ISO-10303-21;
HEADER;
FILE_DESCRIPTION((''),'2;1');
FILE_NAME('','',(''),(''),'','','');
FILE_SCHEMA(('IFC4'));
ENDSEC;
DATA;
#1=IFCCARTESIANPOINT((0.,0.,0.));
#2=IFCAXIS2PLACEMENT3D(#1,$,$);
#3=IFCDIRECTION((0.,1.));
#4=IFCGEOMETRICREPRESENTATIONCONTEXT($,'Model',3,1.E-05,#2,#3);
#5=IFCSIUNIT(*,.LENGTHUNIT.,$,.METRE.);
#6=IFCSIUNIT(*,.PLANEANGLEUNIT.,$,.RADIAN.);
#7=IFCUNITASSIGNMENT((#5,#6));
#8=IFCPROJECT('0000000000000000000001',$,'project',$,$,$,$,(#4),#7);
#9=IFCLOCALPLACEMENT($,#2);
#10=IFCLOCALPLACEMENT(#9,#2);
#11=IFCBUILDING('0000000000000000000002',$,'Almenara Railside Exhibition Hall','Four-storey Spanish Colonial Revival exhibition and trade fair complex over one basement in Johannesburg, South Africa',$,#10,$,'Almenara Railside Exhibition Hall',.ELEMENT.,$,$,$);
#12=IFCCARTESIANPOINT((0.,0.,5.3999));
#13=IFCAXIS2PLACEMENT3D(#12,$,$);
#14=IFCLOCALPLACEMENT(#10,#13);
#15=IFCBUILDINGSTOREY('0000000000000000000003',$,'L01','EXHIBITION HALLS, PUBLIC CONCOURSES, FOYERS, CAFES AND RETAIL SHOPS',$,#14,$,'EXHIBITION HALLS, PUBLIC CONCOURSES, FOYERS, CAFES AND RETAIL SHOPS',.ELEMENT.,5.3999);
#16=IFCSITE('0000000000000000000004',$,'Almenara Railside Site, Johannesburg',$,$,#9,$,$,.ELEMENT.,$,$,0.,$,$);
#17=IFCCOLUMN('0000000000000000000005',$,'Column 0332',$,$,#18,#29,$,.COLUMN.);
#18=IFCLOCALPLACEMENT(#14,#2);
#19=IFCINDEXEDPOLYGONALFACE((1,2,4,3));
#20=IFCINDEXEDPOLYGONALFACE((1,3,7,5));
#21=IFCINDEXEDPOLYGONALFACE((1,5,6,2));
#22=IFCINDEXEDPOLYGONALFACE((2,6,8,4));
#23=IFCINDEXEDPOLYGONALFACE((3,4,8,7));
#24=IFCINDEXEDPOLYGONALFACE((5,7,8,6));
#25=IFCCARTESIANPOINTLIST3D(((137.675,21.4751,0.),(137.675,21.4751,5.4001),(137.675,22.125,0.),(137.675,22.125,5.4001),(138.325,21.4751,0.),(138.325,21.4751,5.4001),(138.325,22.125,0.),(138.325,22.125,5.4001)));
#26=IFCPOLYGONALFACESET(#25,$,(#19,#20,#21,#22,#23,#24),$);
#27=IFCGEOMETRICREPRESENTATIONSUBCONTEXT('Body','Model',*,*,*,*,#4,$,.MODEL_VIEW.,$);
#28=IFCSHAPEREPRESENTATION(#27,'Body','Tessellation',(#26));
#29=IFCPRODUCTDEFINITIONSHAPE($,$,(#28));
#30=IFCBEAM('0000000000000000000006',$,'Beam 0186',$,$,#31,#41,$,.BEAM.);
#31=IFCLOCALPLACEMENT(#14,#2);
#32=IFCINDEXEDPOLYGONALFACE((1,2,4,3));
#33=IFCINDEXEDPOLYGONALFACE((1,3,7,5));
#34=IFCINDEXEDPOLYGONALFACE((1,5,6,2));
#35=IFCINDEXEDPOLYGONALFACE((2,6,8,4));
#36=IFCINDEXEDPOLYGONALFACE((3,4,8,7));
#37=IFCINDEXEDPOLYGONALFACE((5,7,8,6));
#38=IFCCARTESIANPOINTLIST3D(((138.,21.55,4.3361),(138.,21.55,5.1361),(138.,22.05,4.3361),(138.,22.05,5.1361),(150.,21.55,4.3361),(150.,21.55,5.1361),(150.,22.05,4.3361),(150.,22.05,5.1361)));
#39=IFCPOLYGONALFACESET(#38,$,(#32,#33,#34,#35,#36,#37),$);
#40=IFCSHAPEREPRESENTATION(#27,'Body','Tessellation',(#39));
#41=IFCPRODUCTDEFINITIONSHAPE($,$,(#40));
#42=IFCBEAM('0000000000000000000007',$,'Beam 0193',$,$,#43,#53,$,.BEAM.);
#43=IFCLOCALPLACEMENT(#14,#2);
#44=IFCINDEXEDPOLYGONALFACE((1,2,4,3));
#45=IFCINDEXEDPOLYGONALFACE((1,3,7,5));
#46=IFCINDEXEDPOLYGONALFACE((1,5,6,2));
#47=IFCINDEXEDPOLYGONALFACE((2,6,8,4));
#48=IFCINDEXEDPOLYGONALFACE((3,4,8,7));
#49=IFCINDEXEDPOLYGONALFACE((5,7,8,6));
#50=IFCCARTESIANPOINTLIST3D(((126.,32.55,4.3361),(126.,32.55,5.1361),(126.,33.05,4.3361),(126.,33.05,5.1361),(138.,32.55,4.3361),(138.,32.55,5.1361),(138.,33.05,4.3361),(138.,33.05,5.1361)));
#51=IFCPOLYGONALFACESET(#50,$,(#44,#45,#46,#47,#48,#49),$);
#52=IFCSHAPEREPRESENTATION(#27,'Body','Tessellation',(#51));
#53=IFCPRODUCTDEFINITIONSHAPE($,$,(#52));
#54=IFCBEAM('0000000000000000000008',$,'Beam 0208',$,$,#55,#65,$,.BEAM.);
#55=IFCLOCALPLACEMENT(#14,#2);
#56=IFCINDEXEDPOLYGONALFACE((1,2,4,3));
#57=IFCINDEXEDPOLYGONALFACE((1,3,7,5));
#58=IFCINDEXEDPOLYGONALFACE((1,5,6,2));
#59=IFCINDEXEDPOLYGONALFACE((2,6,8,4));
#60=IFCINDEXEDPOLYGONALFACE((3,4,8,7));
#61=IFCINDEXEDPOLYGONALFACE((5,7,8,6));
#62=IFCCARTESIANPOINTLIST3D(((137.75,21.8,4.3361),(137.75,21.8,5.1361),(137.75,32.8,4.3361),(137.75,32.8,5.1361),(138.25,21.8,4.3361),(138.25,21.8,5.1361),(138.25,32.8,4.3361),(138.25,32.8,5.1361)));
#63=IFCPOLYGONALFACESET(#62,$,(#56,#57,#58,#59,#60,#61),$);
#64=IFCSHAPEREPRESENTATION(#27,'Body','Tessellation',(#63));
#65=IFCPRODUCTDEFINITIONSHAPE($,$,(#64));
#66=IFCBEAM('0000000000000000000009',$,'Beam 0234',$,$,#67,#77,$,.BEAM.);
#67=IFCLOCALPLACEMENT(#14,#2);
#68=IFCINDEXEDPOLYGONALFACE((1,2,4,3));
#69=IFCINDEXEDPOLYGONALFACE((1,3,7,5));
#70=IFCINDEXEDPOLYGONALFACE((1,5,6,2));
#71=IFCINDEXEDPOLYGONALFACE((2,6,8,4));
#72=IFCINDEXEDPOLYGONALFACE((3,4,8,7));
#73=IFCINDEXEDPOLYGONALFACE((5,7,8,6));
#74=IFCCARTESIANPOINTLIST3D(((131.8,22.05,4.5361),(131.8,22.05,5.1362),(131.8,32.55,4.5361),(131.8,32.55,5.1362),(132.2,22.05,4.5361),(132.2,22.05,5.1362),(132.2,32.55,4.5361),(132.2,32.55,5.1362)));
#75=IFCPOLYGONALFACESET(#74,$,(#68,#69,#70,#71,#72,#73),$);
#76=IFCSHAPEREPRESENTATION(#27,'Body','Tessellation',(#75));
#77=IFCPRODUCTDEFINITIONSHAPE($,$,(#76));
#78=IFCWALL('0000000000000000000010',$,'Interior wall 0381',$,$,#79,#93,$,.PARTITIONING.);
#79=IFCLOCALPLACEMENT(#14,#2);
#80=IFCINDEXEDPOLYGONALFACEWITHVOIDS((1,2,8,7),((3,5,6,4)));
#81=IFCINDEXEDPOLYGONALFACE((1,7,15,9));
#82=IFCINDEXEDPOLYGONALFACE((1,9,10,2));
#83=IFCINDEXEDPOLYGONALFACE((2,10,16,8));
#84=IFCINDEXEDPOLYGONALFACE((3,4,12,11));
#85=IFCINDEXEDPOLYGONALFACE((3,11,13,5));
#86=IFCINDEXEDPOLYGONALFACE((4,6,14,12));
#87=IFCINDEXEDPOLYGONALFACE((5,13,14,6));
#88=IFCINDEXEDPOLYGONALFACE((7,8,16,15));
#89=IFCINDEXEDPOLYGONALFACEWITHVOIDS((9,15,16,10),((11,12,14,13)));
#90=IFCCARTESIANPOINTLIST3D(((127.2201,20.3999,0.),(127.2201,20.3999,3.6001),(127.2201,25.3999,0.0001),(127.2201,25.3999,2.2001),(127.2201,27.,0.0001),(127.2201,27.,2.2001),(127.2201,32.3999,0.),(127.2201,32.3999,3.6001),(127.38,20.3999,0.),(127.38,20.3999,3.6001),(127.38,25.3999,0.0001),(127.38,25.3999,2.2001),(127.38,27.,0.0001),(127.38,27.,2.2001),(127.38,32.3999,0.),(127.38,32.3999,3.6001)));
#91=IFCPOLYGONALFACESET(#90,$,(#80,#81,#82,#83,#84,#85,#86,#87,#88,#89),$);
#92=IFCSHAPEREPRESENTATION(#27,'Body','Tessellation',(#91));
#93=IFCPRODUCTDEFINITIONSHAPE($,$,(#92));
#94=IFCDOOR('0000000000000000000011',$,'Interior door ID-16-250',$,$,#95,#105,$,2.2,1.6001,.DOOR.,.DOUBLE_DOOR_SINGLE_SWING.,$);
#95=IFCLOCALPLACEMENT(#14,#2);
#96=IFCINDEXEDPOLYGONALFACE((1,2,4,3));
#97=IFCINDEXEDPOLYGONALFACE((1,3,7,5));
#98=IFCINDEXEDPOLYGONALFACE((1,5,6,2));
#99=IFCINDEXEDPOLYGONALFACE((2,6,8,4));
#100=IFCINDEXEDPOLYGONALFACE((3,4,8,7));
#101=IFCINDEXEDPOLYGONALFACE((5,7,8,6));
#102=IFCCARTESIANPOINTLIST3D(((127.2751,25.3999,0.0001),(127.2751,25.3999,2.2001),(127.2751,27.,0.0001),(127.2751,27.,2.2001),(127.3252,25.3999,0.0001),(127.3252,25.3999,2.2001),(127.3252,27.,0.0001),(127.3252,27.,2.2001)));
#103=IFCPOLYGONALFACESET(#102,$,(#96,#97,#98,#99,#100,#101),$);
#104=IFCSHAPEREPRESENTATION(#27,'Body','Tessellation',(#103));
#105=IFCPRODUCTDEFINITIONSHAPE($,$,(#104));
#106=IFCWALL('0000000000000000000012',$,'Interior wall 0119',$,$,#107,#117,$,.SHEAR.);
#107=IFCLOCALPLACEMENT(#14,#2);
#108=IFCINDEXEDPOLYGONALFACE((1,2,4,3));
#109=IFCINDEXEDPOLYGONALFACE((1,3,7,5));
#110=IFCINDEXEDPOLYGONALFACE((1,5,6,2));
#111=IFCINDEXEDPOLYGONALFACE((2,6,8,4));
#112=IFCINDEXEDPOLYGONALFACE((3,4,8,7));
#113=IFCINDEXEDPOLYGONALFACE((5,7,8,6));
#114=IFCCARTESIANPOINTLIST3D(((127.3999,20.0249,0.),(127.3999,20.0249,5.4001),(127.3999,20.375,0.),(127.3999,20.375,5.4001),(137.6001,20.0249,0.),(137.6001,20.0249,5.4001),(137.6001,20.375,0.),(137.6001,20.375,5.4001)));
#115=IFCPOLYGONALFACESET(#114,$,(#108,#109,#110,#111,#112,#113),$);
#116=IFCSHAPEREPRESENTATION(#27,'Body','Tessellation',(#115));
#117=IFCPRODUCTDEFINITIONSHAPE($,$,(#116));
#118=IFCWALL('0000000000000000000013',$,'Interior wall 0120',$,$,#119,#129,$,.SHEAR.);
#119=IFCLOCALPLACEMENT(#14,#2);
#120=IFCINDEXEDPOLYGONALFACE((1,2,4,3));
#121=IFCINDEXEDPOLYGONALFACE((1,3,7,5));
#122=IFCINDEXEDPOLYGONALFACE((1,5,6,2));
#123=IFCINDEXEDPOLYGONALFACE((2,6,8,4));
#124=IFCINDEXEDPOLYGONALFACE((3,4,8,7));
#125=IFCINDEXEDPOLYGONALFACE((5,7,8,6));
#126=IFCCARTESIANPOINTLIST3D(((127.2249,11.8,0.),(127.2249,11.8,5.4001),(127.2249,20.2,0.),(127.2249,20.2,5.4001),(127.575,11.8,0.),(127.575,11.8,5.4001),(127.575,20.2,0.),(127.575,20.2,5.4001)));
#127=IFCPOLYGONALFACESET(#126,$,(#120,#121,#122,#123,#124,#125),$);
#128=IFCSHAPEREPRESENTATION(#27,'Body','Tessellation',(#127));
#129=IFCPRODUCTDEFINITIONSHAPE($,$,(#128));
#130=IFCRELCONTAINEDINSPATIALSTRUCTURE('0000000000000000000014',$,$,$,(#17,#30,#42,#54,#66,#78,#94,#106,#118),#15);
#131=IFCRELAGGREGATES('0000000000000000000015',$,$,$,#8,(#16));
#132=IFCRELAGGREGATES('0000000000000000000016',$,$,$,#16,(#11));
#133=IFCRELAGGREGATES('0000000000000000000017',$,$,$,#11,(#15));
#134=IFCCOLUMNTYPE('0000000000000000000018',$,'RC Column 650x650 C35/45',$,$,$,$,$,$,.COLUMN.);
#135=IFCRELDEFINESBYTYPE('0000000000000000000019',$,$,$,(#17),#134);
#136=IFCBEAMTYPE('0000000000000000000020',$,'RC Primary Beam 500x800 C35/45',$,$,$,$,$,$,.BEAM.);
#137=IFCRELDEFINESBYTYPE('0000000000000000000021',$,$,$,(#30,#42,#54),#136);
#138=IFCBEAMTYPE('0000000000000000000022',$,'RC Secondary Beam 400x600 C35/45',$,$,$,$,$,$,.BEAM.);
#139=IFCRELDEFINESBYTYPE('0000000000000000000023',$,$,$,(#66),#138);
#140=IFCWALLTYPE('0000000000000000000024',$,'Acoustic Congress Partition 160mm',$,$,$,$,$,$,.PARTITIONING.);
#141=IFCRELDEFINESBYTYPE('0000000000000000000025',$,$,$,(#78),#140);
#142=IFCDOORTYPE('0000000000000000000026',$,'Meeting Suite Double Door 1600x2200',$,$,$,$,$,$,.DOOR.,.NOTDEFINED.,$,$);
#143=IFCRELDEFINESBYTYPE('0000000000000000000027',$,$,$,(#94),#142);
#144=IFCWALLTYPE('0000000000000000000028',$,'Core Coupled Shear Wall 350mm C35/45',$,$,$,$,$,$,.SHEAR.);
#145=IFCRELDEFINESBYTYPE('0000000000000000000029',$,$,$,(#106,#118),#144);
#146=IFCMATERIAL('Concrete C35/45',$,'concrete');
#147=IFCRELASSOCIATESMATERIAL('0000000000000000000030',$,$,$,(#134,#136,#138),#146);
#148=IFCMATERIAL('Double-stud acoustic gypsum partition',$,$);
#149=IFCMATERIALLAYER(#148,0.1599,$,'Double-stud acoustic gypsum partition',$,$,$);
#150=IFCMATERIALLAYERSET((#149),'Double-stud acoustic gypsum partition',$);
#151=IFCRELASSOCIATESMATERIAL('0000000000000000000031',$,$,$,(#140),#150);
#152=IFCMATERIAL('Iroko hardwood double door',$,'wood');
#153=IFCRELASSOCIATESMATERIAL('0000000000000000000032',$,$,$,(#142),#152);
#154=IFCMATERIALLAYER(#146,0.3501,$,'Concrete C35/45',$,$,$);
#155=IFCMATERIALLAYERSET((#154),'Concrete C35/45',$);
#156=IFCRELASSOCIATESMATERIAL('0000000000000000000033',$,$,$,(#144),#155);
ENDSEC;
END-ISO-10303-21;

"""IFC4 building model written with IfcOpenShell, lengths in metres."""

from ifc_helpers import new_model, si_unit, direction, frame, frame_2d, origin, origin_2d, place, context, subcontext, project, spatial, rectangle, extrude, material, layer, layer_set, material_profile, profile_set, type_object, element, fill, save


model = new_model("IFC4")

# Units and contexts
model_context = context("Model", 3, precision=1e-05, world=origin(), true_north=direction((0.0, 1.0)))
body_context = subcontext(model_context, "Body", "Model", "MODEL_VIEW")
ifc_project = project(units=[si_unit("LENGTHUNIT", "METRE"), si_unit("PLANEANGLEUNIT", "RADIAN")], contexts=[model_context])

# Site, building, storey
site_placement = place(None, origin())
site = spatial("IfcSite", under=ifc_project, at=site_placement, Name="Almenara Railside Site, Johannesburg", CompositionType="ELEMENT", RefElevation=0.0)
building_placement = place(site_placement, origin())
building = spatial("IfcBuilding", under=site, at=building_placement, Name="Almenara Railside Exhibition Hall", Description="Four-storey Spanish Colonial Revival exhibition and trade fair complex over one basement in Johannesburg, South Africa", LongName="Almenara Railside Exhibition Hall", CompositionType="ELEMENT")
storey_placement = place(building_placement, frame((0.0, 0.0, 5.3999)))
storey = spatial("IfcBuildingStorey", under=building, at=storey_placement, Name="L01", Description="EXHIBITION HALLS, PUBLIC CONCOURSES, FOYERS, CAFES AND RETAIL SHOPS", LongName="EXHIBITION HALLS, PUBLIC CONCOURSES, FOYERS, CAFES AND RETAIL SHOPS", CompositionType="ELEMENT", Elevation=5.3999)

# Column
ifc_material_1 = material(Name="Concrete C35/45", Category="concrete")
ifc_material_profile_1 = material_profile(ifc_material_1, rectangle(XDim=0.6499, YDim=0.6499, at=origin_2d()), Name="RC 650x650")
ifc_profile_set_1 = profile_set([ifc_material_profile_1], Name="Concrete C35/45")
column_type = type_object("IfcColumnType", Name="RC Column 650x650 C35/45", PredefinedType="COLUMN", material=ifc_profile_set_1)
column_placement = place(storey_placement, frame((138.0, 21.8, 0.0), z_axis=(0.0, 0.0, 1.0), x_axis=(1.0, 0.0, 0.0)))
element("IfcColumn", 1, at=column_placement, inside=storey, type_object=column_type, Name="Column 0332", PredefinedType="COLUMN", context=body_context, shape_type="SweptSolid", body=[
    extrude(rectangle(XDim=0.6499, YDim=0.6499, at=origin_2d()), origin(), (0.0, 0.0, 1.0), 5.4001),
])

# Beams
ifc_material_profile_2 = material_profile(ifc_material_1, rectangle(XDim=0.5, YDim=0.8, at=origin_2d()), Name="RC 500x800")
ifc_profile_set_2 = profile_set([ifc_material_profile_2], Name="Concrete C35/45")
beam_type_1 = type_object("IfcBeamType", Name="RC Primary Beam 500x800 C35/45", PredefinedType="BEAM", material=ifc_profile_set_2)
for number, where, z_axis, x_axis, name in (
    (2, (138.0, 21.8, 4.7361), (1.0, 0.0, 0.0), (0.0, 1.0, 0.0), "Beam 0186"),
    (3, (126.0, 32.8, 4.7361), (1.0, 0.0, 0.0), (0.0, 1.0, 0.0), "Beam 0193"),
):
    element("IfcBeam", number, at=place(storey_placement, frame(where, z_axis=z_axis, x_axis=x_axis)), inside=storey, type_object=beam_type_1, Name=name, PredefinedType="BEAM", context=body_context, shape_type="SweptSolid", body=[
        extrude(rectangle(XDim=0.5, YDim=0.8, at=origin_2d()), origin(), (0.0, 0.0, 1.0), 12.0),
    ])
beam_1_placement = place(storey_placement, frame((138.0, 21.8, 4.7361), z_axis=(0.0, 1.0, 0.0), x_axis=(-1.0, 0.0, 0.0)))
element("IfcBeam", 4, at=beam_1_placement, inside=storey, type_object=beam_type_1, Name="Beam 0208", PredefinedType="BEAM", context=body_context, shape_type="SweptSolid", body=[
    extrude(rectangle(XDim=0.5, YDim=0.8, at=origin_2d()), origin(), (0.0, 0.0, 1.0), 11.0),
])
ifc_material_profile_3 = material_profile(ifc_material_1, rectangle(XDim=0.3999, YDim=0.6001, at=origin_2d()), Name="RC 400x600")
ifc_profile_set_3 = profile_set([ifc_material_profile_3], Name="Concrete C35/45")
beam_type_2 = type_object("IfcBeamType", Name="RC Secondary Beam 400x600 C35/45", PredefinedType="BEAM", material=ifc_profile_set_3)
beam_2_placement = place(storey_placement, frame((132.0, 22.05, 4.8362), z_axis=(0.0, 1.0, 0.0), x_axis=(-1.0, 0.0, 0.0)))
element("IfcBeam", 5, at=beam_2_placement, inside=storey, type_object=beam_type_2, Name="Beam 0234", PredefinedType="BEAM", context=body_context, shape_type="SweptSolid", body=[
    extrude(rectangle(XDim=0.3999, YDim=0.6001, at=origin_2d()), origin(), (0.0, 0.0, 1.0), 10.5),
])

# Wall, opening, door
ifc_material_2 = material(Name="Double-stud acoustic gypsum partition")
ifc_layer_1 = layer(ifc_material_2, 0.1599, Name="Double-stud acoustic gypsum partition")
ifc_layer_set_1 = layer_set([ifc_layer_1], Name="Double-stud acoustic gypsum partition")
wall_type_1 = type_object("IfcWallType", Name="Acoustic Congress Partition 160mm", PredefinedType="PARTITIONING", material=ifc_layer_set_1)
wall_1_placement = place(storey_placement, frame((127.3, 20.3999, 0.0), z_axis=(0.0, 0.0, 1.0), x_axis=(0.0, 1.0, 0.0)))
wall_1 = element("IfcWall", 6, at=wall_1_placement, inside=storey, type_object=wall_type_1, Name="Interior wall 0381", PredefinedType="PARTITIONING", context=body_context, shape_type="SweptSolid", body=[
    extrude(rectangle(XDim=12.0, YDim=0.1599, at=frame_2d((6.0, 0.0))), origin(), (0.0, 0.0, 1.0), 3.6001),
])
opening_1_placement = place(wall_1_placement, frame((5.0, 0.0, 0.0)))
opening_1 = element("IfcOpeningElement", 7, at=opening_1_placement, cuts=wall_1, PredefinedType="OPENING", context=body_context, shape_type="SweptSolid", body=[
    extrude(rectangle(XDim=1.6001, YDim=2.2, at=frame_2d((0.8, 1.1001))), frame((0.0, 0.0898, 0.0), z_axis=(0.0, -1.0, 0.0), x_axis=(1.0, 0.0, 0.0)), (0.0, 0.0, 1.0), 0.1799),
])
ifc_material_3 = material(Name="Iroko hardwood double door", Category="wood")
door_type_1 = type_object("IfcDoorType", Name="Meeting Suite Double Door 1600x2200", OperationType="NOTDEFINED", PredefinedType="DOOR", material=ifc_material_3)
door_1_placement = place(opening_1_placement, origin())
door_1 = element("IfcDoor", 8, at=door_1_placement, inside=storey, type_object=door_type_1, Name="Interior door ID-16-250", OperationType="DOUBLE_DOOR_SINGLE_SWING", OverallHeight=2.2, OverallWidth=1.6001, PredefinedType="DOOR", context=body_context, shape_type="SweptSolid", body=[
    extrude(rectangle(XDim=1.6001, YDim=2.2, at=frame_2d((0.8, 1.1001))), frame((0.0, 0.0249, 0.0), z_axis=(0.0, -1.0, 0.0), x_axis=(1.0, 0.0, 0.0)), (0.0, 0.0, 1.0), 0.05),
])
fill(opening_1, door_1)

# Walls
ifc_layer_2 = layer(ifc_material_1, 0.3501, Name="Concrete C35/45")
ifc_layer_set_2 = layer_set([ifc_layer_2], Name="Concrete C35/45")
wall_type_2 = type_object("IfcWallType", Name="Core Coupled Shear Wall 350mm C35/45", PredefinedType="SHEAR", material=ifc_layer_set_2)
wall_2_placement = place(storey_placement, frame((137.6001, 20.2, 0.0), z_axis=(0.0, 0.0, 1.0), x_axis=(-1.0, 0.0, 0.0)))
element("IfcWall", 9, at=wall_2_placement, inside=storey, type_object=wall_type_2, Name="Interior wall 0119", PredefinedType="SHEAR", context=body_context, shape_type="SweptSolid", body=[
    extrude(rectangle(XDim=10.2002, YDim=0.3501, at=frame_2d((5.1001, 0.0))), origin(), (0.0, 0.0, 1.0), 5.4001),
])
wall_3_placement = place(storey_placement, frame((127.3999, 20.2, 0.0), z_axis=(0.0, 0.0, 1.0), x_axis=(0.0, -1.0, 0.0)))
element("IfcWall", 10, at=wall_3_placement, inside=storey, type_object=wall_type_2, Name="Interior wall 0120", PredefinedType="SHEAR", context=body_context, shape_type="SweptSolid", body=[
    extrude(rectangle(XDim=8.3999, YDim=0.3501, at=frame_2d((4.2, 0.0))), origin(), (0.0, 0.0, 1.0), 5.4001),
])

save(model, "model.ifc")
